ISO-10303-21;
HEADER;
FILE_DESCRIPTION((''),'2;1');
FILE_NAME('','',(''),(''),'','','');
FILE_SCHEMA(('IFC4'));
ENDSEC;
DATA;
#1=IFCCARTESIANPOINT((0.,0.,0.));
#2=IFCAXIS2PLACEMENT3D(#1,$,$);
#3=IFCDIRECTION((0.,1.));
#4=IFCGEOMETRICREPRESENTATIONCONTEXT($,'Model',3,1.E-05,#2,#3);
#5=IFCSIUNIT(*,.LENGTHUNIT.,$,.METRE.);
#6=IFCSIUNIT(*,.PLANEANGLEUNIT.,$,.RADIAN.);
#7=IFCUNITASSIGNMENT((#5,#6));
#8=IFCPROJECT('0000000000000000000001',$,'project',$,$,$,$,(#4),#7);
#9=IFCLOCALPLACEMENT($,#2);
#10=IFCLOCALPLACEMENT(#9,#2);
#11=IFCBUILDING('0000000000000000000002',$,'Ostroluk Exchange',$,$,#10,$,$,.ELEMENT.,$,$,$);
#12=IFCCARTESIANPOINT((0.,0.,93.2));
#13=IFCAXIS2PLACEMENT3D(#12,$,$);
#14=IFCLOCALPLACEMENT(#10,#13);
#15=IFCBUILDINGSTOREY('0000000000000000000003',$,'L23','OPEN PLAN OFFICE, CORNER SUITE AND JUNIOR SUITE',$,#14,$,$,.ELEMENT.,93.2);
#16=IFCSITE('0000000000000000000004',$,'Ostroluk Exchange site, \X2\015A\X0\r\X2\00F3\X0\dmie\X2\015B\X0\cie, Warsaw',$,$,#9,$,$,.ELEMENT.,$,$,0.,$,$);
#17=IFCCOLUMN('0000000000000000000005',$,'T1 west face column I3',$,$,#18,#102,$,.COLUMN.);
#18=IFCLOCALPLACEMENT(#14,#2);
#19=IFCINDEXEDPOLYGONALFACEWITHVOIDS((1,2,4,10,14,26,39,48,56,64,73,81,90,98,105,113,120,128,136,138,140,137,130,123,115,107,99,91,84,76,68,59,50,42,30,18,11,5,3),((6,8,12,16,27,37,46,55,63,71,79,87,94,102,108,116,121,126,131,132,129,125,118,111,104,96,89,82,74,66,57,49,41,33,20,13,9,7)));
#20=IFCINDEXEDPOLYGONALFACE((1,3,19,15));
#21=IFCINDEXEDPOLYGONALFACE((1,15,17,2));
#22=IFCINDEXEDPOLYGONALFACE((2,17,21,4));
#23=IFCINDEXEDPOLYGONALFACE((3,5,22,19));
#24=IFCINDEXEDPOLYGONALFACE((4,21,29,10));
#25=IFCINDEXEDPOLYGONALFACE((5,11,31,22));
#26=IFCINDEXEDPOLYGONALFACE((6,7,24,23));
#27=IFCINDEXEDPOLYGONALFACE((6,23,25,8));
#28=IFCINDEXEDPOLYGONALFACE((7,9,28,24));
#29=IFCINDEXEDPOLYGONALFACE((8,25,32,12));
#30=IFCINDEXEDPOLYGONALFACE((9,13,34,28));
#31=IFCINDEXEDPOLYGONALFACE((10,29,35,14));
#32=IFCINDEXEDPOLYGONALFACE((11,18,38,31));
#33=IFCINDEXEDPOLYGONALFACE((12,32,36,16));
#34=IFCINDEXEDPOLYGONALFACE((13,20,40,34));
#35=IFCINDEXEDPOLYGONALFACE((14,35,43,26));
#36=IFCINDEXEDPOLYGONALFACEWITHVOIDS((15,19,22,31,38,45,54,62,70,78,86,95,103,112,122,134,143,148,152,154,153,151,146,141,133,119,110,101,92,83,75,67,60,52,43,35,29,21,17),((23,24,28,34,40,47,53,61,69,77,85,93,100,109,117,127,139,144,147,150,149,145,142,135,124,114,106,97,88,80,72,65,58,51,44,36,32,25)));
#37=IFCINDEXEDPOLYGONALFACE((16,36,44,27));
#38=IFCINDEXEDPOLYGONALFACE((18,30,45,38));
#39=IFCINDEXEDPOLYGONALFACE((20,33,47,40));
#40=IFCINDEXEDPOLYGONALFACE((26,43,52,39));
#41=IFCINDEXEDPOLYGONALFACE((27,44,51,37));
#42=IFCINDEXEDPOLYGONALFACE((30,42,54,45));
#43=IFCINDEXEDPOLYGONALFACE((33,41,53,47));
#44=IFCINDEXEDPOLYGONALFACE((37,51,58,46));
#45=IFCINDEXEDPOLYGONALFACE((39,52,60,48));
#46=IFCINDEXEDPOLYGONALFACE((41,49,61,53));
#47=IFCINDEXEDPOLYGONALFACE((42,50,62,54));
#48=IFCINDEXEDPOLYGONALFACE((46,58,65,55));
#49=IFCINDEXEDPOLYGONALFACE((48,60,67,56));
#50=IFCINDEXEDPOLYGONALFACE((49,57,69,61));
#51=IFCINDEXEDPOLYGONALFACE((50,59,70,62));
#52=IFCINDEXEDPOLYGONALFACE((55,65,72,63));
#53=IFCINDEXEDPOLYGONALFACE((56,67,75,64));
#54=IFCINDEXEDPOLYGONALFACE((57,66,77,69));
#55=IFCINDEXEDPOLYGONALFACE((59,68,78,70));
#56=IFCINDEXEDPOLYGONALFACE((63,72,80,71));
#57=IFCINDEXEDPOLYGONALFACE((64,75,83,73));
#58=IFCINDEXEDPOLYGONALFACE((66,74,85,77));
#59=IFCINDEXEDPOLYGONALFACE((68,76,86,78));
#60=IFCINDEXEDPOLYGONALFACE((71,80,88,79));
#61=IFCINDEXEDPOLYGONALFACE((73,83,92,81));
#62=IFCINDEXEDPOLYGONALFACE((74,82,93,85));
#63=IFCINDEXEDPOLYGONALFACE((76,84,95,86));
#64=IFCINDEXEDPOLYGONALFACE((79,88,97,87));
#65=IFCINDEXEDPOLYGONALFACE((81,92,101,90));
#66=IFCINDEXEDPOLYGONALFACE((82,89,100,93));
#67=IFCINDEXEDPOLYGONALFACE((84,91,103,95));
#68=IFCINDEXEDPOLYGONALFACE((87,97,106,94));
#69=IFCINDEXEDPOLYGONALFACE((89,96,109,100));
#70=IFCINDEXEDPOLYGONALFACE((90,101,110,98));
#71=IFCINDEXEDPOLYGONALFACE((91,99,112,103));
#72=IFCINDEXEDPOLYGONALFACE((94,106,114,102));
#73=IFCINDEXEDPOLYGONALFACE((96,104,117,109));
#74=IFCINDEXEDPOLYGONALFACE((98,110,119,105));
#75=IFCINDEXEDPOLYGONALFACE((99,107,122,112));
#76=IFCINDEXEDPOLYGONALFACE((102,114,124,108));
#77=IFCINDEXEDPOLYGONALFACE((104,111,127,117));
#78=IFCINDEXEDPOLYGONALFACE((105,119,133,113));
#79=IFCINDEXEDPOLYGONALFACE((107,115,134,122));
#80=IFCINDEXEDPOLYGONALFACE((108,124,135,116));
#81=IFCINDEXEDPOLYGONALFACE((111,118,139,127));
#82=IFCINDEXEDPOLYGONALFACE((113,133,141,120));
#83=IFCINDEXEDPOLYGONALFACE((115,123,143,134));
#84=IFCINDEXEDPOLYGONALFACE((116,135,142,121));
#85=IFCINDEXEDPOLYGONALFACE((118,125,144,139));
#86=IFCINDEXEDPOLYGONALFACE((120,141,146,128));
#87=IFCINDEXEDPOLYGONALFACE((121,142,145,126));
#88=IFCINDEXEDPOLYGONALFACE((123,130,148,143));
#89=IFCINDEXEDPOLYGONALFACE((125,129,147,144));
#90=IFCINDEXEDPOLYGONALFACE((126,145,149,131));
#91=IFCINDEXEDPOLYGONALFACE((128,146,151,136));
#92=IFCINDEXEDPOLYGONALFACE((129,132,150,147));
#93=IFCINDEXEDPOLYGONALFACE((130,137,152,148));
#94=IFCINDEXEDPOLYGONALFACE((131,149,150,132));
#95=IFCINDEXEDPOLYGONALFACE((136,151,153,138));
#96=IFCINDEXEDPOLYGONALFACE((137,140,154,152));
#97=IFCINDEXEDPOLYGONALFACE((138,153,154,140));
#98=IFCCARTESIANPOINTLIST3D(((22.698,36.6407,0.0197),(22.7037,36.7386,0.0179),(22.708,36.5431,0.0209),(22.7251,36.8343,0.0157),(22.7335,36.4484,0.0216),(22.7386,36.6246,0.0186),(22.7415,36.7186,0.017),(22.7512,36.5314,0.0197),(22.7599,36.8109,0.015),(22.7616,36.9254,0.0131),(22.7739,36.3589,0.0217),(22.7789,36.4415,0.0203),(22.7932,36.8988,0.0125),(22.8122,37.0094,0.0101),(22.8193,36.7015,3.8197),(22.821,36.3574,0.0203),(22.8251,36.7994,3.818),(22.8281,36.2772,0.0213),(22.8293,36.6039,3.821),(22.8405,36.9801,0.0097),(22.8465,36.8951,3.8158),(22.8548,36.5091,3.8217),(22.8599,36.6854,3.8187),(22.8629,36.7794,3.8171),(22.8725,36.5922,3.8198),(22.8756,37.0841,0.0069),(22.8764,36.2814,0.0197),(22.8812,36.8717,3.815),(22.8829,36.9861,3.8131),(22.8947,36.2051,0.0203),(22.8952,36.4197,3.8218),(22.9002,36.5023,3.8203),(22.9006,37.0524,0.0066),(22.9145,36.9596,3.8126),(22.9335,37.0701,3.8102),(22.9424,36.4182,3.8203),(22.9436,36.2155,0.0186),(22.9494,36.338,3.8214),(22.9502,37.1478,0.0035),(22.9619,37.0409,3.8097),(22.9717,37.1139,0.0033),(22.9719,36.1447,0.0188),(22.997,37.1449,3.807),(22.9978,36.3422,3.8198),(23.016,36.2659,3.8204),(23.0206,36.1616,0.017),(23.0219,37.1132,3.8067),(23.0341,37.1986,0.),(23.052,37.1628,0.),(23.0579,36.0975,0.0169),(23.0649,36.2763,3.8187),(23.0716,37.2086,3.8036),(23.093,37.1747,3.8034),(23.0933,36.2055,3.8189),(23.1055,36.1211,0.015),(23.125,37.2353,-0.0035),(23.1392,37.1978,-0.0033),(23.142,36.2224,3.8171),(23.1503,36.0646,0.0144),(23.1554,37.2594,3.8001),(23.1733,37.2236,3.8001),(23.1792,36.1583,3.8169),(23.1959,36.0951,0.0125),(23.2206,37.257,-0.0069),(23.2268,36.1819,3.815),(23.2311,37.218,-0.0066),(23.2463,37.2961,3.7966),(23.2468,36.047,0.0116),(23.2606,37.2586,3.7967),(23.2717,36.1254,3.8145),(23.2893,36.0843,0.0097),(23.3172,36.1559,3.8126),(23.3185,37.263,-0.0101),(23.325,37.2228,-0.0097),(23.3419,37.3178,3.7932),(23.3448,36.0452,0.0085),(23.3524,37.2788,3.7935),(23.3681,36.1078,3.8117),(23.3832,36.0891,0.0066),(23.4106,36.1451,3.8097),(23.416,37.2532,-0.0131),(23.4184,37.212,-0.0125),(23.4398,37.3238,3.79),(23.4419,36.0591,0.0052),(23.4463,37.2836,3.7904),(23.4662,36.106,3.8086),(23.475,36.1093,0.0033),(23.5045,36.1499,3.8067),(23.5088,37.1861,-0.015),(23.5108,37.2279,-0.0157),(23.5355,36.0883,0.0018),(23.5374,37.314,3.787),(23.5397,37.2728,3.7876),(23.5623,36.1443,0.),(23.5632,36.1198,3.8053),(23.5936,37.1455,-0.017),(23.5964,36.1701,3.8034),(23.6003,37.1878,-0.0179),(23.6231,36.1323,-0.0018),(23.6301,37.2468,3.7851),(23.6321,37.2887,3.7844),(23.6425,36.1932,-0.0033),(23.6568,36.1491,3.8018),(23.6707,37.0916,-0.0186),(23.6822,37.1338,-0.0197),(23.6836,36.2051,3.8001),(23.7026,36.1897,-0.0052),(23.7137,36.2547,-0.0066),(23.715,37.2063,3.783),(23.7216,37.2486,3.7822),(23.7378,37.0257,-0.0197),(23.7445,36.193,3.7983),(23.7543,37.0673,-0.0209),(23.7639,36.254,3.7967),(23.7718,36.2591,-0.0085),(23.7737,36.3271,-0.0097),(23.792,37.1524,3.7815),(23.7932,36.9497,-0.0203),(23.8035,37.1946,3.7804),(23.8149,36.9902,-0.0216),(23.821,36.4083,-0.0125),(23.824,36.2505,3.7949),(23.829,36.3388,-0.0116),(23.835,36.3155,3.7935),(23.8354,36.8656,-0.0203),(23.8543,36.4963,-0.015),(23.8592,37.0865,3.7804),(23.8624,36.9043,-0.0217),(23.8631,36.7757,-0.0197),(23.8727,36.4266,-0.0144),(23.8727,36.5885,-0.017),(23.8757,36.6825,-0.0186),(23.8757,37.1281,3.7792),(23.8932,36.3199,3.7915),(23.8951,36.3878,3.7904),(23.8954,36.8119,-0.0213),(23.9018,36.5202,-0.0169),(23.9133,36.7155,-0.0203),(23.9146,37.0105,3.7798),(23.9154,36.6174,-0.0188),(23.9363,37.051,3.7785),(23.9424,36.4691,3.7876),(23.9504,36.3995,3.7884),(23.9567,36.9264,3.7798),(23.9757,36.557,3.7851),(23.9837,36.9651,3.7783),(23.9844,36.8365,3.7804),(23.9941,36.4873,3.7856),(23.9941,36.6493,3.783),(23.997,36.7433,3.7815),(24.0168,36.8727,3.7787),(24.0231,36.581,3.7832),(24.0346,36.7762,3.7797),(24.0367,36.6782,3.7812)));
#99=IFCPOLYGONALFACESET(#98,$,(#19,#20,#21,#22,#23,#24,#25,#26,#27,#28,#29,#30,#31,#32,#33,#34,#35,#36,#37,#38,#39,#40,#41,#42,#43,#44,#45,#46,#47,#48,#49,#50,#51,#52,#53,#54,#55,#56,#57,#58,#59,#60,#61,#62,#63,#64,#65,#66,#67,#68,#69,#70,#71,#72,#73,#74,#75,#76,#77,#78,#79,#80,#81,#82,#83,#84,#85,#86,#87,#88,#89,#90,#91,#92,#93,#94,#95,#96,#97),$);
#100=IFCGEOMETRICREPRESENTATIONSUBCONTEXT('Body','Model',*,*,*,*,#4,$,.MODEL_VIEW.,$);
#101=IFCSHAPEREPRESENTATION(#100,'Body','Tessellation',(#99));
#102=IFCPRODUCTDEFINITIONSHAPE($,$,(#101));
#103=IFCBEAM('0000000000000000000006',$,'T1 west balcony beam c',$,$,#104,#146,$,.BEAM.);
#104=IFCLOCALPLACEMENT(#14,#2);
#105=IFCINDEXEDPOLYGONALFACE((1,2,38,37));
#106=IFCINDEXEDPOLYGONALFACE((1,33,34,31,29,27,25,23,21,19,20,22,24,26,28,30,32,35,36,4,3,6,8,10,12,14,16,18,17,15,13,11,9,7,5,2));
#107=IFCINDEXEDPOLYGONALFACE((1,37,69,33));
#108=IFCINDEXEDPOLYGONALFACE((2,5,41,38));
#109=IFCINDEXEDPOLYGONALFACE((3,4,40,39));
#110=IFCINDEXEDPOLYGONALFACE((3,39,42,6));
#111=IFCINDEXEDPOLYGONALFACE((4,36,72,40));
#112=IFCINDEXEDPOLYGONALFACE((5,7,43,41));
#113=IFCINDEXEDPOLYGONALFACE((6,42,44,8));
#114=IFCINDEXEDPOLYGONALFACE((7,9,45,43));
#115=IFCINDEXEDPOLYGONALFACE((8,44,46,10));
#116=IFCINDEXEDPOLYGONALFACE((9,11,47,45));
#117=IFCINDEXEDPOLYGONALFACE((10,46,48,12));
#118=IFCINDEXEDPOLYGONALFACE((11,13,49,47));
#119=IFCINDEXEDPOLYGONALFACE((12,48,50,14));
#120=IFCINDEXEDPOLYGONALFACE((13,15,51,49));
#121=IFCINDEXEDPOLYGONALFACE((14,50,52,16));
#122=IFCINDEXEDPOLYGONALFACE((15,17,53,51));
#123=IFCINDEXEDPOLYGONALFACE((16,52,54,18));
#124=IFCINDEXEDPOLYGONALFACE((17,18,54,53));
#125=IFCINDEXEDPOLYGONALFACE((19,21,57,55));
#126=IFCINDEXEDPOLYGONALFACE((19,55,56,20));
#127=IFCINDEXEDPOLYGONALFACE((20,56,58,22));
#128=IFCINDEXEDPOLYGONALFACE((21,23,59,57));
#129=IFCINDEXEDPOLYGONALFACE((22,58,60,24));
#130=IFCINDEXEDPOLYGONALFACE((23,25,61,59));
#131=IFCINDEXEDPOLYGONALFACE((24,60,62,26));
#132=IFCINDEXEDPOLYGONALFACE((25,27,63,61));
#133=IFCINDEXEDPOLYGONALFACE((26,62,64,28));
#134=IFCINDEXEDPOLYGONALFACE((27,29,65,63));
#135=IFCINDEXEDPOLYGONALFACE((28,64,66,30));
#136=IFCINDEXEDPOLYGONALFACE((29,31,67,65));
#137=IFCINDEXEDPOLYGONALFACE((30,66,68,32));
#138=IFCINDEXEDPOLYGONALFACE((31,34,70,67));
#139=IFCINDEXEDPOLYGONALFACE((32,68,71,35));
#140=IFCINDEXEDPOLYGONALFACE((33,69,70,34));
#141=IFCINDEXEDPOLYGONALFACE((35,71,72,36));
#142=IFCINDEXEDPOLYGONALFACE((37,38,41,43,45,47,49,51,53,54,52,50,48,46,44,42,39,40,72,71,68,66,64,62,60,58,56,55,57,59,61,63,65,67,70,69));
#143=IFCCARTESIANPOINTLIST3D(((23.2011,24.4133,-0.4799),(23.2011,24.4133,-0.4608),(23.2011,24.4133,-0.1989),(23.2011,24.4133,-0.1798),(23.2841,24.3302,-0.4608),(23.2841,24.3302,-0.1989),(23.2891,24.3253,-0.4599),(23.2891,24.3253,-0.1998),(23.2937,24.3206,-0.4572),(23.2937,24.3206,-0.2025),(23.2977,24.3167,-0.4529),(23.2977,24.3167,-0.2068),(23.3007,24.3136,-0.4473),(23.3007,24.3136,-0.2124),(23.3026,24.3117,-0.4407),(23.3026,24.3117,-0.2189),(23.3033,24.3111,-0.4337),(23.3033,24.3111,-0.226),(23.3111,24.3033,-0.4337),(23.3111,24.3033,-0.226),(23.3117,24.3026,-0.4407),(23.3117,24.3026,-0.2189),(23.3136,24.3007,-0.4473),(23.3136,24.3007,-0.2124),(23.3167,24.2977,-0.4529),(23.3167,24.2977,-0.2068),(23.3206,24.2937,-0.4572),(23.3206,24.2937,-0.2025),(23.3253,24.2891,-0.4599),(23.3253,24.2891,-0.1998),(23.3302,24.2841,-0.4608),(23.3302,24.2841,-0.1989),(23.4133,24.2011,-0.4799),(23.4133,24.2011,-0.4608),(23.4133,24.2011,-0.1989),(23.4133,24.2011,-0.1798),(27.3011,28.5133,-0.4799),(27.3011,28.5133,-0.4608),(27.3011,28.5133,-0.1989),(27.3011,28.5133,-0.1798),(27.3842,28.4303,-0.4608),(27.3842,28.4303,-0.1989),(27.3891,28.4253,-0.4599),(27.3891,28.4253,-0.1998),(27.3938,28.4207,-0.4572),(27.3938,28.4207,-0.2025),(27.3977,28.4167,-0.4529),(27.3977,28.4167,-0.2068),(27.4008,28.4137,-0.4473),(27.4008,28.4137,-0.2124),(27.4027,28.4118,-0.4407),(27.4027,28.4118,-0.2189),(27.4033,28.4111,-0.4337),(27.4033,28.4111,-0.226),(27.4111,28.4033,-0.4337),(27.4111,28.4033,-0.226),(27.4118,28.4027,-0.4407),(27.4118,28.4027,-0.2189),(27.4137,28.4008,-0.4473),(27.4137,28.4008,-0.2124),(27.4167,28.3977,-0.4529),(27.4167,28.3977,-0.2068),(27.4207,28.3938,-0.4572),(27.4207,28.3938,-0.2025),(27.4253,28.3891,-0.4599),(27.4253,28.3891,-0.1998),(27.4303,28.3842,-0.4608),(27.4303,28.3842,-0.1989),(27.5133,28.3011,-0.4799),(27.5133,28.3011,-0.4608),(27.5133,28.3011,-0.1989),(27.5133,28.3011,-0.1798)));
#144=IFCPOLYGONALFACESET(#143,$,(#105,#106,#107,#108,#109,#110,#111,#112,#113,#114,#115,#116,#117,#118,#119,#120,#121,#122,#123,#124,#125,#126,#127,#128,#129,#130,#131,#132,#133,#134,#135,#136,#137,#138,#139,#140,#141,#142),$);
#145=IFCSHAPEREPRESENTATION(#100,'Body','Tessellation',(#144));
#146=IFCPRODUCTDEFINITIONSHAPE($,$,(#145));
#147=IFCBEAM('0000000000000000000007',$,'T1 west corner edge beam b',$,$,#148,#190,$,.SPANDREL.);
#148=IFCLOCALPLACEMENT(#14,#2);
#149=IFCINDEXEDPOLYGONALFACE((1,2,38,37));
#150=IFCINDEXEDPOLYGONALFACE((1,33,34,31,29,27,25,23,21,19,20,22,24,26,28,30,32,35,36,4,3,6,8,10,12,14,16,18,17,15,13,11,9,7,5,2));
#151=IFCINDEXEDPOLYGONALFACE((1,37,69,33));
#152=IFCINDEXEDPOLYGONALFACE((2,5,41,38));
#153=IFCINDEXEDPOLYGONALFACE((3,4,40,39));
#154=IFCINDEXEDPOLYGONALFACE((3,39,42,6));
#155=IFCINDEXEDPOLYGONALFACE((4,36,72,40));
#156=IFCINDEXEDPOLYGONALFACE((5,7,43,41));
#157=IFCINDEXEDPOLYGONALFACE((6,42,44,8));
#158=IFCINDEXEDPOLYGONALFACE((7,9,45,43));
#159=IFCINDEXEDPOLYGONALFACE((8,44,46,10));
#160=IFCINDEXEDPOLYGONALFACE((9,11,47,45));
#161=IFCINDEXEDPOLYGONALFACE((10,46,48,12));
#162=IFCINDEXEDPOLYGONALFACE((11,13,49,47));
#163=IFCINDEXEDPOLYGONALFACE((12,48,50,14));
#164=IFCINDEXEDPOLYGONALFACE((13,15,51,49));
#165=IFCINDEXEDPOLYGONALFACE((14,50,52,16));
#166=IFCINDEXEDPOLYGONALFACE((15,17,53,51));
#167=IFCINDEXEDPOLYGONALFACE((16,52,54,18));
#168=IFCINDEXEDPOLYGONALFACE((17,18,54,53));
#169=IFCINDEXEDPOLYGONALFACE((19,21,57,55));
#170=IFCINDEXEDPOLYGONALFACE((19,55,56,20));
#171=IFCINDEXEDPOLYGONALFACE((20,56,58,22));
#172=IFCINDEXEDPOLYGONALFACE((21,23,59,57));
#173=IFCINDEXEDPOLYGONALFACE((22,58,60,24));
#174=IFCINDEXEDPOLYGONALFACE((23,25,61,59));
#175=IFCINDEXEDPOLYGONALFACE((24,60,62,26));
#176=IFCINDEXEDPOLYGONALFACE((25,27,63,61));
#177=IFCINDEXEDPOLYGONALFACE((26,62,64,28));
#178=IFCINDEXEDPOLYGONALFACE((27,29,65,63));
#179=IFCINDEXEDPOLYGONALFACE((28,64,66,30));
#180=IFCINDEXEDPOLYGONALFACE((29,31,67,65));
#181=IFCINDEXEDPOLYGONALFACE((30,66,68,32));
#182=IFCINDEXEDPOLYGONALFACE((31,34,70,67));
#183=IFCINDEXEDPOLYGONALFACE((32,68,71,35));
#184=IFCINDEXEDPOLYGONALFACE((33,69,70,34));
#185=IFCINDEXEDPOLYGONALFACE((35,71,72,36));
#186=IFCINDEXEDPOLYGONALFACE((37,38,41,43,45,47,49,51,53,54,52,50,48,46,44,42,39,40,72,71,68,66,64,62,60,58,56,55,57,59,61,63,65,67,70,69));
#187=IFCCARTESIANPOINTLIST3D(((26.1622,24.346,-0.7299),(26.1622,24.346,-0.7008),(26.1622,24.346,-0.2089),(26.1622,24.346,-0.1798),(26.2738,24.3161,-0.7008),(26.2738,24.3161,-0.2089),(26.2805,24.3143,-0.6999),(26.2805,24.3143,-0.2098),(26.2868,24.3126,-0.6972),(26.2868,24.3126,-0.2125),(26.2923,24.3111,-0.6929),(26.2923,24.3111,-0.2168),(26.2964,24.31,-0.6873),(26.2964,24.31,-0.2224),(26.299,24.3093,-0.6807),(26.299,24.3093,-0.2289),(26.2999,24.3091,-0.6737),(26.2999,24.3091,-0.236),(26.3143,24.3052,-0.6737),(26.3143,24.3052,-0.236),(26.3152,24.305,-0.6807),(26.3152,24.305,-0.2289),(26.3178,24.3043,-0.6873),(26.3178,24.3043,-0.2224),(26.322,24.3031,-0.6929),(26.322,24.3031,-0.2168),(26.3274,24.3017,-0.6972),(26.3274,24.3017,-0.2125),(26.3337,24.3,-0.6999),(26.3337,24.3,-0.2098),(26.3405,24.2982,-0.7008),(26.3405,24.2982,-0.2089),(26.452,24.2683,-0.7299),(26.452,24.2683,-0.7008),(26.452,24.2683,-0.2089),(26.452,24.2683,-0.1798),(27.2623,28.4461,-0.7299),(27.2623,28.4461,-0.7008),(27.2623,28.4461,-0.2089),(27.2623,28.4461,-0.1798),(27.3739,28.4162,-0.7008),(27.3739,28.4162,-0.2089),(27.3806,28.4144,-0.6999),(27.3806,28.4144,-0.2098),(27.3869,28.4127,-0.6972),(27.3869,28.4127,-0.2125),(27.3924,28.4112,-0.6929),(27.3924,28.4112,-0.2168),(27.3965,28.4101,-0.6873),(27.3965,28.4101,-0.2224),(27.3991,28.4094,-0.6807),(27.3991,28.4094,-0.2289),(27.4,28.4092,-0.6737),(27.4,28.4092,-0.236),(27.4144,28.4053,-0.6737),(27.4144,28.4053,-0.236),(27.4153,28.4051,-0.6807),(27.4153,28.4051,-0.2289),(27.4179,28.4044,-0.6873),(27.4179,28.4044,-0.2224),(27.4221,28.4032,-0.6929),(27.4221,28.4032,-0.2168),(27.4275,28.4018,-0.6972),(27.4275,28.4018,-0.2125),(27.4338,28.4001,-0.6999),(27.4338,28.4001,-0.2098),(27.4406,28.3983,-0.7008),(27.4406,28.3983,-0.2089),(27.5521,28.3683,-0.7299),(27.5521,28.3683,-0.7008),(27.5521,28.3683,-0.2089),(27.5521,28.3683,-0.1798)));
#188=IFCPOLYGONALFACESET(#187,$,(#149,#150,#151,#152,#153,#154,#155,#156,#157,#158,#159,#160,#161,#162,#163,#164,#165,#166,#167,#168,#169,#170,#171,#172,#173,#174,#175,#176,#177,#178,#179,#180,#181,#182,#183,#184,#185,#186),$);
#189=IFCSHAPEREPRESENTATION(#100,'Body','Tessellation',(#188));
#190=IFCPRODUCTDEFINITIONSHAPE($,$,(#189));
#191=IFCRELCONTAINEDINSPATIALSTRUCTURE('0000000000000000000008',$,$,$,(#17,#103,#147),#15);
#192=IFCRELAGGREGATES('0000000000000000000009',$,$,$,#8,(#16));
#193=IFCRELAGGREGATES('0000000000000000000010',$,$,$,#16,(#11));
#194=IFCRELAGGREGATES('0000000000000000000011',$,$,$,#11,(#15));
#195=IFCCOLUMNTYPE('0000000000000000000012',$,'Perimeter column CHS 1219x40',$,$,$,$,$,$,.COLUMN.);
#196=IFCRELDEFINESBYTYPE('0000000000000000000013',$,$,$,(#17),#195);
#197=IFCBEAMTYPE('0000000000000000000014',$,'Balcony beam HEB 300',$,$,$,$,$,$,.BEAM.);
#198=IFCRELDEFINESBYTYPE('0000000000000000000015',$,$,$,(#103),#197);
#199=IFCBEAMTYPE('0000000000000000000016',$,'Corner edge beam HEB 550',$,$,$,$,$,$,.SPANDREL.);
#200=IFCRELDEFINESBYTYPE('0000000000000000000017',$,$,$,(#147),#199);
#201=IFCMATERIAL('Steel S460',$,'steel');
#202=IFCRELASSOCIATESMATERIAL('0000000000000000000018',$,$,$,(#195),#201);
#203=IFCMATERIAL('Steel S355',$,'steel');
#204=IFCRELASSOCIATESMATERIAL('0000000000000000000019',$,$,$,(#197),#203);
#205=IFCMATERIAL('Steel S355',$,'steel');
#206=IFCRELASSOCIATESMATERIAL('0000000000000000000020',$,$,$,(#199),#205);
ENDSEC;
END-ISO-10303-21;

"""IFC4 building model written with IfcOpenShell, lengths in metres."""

from ifc_helpers import new_model, si_unit, direction, frame, origin, origin_2d, place, context, subcontext, project, spatial, hollow_circle, i_section, extrude, material, material_profile, profile_set, type_object, element, save


model = new_model("IFC4")

# Units and contexts
model_context = context("Model", 3, precision=1e-05, world=origin(), true_north=direction((0.0, 1.0)))
body_context = subcontext(model_context, "Body", "Model", "MODEL_VIEW")
ifc_project = project(units=[si_unit("LENGTHUNIT", "METRE"), si_unit("PLANEANGLEUNIT", "RADIAN")], contexts=[model_context])

# Site, building, storey
site_placement = place(None, origin())
site = spatial("IfcSite", under=ifc_project, at=site_placement, Name="Ostroluk Exchange site, Śródmieście, Warsaw", CompositionType="ELEMENT", RefElevation=0.0)
building_placement = place(site_placement, origin())
building = spatial("IfcBuilding", under=site, at=building_placement, Name="Ostroluk Exchange", CompositionType="ELEMENT")
storey_placement = place(building_placement, frame((0.0, 0.0, 93.2)))
storey = spatial("IfcBuildingStorey", under=building, at=storey_placement, Name="L23", Description="OPEN PLAN OFFICE, CORNER SUITE AND JUNIOR SUITE", CompositionType="ELEMENT", Elevation=93.2)

# Column
ifc_material_1 = material(Name="Steel S460", Category="steel")
ifc_material_profile_1 = material_profile(ifc_material_1, hollow_circle(Radius=0.6096, WallThickness=0.04, at=origin_2d()), Name="CHS 1219x40")
ifc_profile_set_1 = profile_set([ifc_material_profile_1], Name="Steel S460")
column_type = type_object("IfcColumnType", Name="Perimeter column CHS 1219x40", PredefinedType="COLUMN", material=ifc_profile_set_1)
column_placement = place(storey_placement, frame((23.3071, 36.6536, 0.0), z_axis=(0.03191, 0.015987, 0.999363), x_axis=(-0.447933, 0.894067, 0.0)))
element("IfcColumn", 1, at=column_placement, inside=storey, type_object=column_type, Name="T1 west face column I3", PredefinedType="COLUMN", context=body_context, shape_type="SweptSolid", body=[
    extrude(hollow_circle(Radius=0.6096, WallThickness=0.04, at=origin_2d()), origin(), (0.0, 0.0, 1.0), 3.8025),
])

# Beams
ifc_material_2 = material(Name="Steel S355", Category="steel")
ifc_material_profile_2 = material_profile(ifc_material_2, i_section(OverallWidth=0.3, OverallDepth=0.3, WebThickness=0.011, FlangeThickness=0.019, FilletRadius=0.0271, at=origin_2d()), Name="HEB 300")
ifc_profile_set_2 = profile_set([ifc_material_profile_2], Name="Steel S355")
beam_type_1 = type_object("IfcBeamType", Name="Balcony beam HEB 300", PredefinedType="BEAM", material=ifc_profile_set_2)
beam_1_placement = place(storey_placement, frame((27.4072, 28.4072, -0.3298), z_axis=(-0.707107, -0.707107, 0.0), x_axis=(0.707107, -0.707107, 0.0)))
element("IfcBeam", 2, at=beam_1_placement, inside=storey, type_object=beam_type_1, Name="T1 west balcony beam c", PredefinedType="BEAM", context=body_context, shape_type="SweptSolid", body=[
    extrude(i_section(OverallWidth=0.3, OverallDepth=0.3, WebThickness=0.011, FlangeThickness=0.019, FilletRadius=0.0271, at=origin_2d()), origin(), (0.0, 0.0, 1.0), 5.7983),
])
ifc_material_3 = material(Name="Steel S355", Category="steel")
ifc_material_profile_3 = material_profile(ifc_material_3, i_section(OverallWidth=0.3, OverallDepth=0.55, WebThickness=0.0149, FlangeThickness=0.0291, FilletRadius=0.0271, at=origin_2d()), Name="HEB 550")
ifc_profile_set_3 = profile_set([ifc_material_profile_3], Name="Steel S355")
beam_type_2 = type_object("IfcBeamType", Name="Corner edge beam HEB 550", PredefinedType="SPANDREL", material=ifc_profile_set_3)
beam_2_placement = place(storey_placement, frame((27.4072, 28.4072, -0.4548), z_axis=(-0.259144, -0.965839, 0.0), x_axis=(0.965839, -0.259144, 0.0)))
element("IfcBeam", 3, at=beam_2_placement, inside=storey, type_object=beam_type_2, Name="T1 west corner edge beam b", PredefinedType="SPANDREL", context=body_context, shape_type="SweptSolid", body=[
    extrude(i_section(OverallWidth=0.3, OverallDepth=0.55, WebThickness=0.0149, FlangeThickness=0.0291, FilletRadius=0.0271, at=origin_2d()), origin(), (0.0, 0.0, 1.0), 4.2451),
])

save(model, "model.ifc")
